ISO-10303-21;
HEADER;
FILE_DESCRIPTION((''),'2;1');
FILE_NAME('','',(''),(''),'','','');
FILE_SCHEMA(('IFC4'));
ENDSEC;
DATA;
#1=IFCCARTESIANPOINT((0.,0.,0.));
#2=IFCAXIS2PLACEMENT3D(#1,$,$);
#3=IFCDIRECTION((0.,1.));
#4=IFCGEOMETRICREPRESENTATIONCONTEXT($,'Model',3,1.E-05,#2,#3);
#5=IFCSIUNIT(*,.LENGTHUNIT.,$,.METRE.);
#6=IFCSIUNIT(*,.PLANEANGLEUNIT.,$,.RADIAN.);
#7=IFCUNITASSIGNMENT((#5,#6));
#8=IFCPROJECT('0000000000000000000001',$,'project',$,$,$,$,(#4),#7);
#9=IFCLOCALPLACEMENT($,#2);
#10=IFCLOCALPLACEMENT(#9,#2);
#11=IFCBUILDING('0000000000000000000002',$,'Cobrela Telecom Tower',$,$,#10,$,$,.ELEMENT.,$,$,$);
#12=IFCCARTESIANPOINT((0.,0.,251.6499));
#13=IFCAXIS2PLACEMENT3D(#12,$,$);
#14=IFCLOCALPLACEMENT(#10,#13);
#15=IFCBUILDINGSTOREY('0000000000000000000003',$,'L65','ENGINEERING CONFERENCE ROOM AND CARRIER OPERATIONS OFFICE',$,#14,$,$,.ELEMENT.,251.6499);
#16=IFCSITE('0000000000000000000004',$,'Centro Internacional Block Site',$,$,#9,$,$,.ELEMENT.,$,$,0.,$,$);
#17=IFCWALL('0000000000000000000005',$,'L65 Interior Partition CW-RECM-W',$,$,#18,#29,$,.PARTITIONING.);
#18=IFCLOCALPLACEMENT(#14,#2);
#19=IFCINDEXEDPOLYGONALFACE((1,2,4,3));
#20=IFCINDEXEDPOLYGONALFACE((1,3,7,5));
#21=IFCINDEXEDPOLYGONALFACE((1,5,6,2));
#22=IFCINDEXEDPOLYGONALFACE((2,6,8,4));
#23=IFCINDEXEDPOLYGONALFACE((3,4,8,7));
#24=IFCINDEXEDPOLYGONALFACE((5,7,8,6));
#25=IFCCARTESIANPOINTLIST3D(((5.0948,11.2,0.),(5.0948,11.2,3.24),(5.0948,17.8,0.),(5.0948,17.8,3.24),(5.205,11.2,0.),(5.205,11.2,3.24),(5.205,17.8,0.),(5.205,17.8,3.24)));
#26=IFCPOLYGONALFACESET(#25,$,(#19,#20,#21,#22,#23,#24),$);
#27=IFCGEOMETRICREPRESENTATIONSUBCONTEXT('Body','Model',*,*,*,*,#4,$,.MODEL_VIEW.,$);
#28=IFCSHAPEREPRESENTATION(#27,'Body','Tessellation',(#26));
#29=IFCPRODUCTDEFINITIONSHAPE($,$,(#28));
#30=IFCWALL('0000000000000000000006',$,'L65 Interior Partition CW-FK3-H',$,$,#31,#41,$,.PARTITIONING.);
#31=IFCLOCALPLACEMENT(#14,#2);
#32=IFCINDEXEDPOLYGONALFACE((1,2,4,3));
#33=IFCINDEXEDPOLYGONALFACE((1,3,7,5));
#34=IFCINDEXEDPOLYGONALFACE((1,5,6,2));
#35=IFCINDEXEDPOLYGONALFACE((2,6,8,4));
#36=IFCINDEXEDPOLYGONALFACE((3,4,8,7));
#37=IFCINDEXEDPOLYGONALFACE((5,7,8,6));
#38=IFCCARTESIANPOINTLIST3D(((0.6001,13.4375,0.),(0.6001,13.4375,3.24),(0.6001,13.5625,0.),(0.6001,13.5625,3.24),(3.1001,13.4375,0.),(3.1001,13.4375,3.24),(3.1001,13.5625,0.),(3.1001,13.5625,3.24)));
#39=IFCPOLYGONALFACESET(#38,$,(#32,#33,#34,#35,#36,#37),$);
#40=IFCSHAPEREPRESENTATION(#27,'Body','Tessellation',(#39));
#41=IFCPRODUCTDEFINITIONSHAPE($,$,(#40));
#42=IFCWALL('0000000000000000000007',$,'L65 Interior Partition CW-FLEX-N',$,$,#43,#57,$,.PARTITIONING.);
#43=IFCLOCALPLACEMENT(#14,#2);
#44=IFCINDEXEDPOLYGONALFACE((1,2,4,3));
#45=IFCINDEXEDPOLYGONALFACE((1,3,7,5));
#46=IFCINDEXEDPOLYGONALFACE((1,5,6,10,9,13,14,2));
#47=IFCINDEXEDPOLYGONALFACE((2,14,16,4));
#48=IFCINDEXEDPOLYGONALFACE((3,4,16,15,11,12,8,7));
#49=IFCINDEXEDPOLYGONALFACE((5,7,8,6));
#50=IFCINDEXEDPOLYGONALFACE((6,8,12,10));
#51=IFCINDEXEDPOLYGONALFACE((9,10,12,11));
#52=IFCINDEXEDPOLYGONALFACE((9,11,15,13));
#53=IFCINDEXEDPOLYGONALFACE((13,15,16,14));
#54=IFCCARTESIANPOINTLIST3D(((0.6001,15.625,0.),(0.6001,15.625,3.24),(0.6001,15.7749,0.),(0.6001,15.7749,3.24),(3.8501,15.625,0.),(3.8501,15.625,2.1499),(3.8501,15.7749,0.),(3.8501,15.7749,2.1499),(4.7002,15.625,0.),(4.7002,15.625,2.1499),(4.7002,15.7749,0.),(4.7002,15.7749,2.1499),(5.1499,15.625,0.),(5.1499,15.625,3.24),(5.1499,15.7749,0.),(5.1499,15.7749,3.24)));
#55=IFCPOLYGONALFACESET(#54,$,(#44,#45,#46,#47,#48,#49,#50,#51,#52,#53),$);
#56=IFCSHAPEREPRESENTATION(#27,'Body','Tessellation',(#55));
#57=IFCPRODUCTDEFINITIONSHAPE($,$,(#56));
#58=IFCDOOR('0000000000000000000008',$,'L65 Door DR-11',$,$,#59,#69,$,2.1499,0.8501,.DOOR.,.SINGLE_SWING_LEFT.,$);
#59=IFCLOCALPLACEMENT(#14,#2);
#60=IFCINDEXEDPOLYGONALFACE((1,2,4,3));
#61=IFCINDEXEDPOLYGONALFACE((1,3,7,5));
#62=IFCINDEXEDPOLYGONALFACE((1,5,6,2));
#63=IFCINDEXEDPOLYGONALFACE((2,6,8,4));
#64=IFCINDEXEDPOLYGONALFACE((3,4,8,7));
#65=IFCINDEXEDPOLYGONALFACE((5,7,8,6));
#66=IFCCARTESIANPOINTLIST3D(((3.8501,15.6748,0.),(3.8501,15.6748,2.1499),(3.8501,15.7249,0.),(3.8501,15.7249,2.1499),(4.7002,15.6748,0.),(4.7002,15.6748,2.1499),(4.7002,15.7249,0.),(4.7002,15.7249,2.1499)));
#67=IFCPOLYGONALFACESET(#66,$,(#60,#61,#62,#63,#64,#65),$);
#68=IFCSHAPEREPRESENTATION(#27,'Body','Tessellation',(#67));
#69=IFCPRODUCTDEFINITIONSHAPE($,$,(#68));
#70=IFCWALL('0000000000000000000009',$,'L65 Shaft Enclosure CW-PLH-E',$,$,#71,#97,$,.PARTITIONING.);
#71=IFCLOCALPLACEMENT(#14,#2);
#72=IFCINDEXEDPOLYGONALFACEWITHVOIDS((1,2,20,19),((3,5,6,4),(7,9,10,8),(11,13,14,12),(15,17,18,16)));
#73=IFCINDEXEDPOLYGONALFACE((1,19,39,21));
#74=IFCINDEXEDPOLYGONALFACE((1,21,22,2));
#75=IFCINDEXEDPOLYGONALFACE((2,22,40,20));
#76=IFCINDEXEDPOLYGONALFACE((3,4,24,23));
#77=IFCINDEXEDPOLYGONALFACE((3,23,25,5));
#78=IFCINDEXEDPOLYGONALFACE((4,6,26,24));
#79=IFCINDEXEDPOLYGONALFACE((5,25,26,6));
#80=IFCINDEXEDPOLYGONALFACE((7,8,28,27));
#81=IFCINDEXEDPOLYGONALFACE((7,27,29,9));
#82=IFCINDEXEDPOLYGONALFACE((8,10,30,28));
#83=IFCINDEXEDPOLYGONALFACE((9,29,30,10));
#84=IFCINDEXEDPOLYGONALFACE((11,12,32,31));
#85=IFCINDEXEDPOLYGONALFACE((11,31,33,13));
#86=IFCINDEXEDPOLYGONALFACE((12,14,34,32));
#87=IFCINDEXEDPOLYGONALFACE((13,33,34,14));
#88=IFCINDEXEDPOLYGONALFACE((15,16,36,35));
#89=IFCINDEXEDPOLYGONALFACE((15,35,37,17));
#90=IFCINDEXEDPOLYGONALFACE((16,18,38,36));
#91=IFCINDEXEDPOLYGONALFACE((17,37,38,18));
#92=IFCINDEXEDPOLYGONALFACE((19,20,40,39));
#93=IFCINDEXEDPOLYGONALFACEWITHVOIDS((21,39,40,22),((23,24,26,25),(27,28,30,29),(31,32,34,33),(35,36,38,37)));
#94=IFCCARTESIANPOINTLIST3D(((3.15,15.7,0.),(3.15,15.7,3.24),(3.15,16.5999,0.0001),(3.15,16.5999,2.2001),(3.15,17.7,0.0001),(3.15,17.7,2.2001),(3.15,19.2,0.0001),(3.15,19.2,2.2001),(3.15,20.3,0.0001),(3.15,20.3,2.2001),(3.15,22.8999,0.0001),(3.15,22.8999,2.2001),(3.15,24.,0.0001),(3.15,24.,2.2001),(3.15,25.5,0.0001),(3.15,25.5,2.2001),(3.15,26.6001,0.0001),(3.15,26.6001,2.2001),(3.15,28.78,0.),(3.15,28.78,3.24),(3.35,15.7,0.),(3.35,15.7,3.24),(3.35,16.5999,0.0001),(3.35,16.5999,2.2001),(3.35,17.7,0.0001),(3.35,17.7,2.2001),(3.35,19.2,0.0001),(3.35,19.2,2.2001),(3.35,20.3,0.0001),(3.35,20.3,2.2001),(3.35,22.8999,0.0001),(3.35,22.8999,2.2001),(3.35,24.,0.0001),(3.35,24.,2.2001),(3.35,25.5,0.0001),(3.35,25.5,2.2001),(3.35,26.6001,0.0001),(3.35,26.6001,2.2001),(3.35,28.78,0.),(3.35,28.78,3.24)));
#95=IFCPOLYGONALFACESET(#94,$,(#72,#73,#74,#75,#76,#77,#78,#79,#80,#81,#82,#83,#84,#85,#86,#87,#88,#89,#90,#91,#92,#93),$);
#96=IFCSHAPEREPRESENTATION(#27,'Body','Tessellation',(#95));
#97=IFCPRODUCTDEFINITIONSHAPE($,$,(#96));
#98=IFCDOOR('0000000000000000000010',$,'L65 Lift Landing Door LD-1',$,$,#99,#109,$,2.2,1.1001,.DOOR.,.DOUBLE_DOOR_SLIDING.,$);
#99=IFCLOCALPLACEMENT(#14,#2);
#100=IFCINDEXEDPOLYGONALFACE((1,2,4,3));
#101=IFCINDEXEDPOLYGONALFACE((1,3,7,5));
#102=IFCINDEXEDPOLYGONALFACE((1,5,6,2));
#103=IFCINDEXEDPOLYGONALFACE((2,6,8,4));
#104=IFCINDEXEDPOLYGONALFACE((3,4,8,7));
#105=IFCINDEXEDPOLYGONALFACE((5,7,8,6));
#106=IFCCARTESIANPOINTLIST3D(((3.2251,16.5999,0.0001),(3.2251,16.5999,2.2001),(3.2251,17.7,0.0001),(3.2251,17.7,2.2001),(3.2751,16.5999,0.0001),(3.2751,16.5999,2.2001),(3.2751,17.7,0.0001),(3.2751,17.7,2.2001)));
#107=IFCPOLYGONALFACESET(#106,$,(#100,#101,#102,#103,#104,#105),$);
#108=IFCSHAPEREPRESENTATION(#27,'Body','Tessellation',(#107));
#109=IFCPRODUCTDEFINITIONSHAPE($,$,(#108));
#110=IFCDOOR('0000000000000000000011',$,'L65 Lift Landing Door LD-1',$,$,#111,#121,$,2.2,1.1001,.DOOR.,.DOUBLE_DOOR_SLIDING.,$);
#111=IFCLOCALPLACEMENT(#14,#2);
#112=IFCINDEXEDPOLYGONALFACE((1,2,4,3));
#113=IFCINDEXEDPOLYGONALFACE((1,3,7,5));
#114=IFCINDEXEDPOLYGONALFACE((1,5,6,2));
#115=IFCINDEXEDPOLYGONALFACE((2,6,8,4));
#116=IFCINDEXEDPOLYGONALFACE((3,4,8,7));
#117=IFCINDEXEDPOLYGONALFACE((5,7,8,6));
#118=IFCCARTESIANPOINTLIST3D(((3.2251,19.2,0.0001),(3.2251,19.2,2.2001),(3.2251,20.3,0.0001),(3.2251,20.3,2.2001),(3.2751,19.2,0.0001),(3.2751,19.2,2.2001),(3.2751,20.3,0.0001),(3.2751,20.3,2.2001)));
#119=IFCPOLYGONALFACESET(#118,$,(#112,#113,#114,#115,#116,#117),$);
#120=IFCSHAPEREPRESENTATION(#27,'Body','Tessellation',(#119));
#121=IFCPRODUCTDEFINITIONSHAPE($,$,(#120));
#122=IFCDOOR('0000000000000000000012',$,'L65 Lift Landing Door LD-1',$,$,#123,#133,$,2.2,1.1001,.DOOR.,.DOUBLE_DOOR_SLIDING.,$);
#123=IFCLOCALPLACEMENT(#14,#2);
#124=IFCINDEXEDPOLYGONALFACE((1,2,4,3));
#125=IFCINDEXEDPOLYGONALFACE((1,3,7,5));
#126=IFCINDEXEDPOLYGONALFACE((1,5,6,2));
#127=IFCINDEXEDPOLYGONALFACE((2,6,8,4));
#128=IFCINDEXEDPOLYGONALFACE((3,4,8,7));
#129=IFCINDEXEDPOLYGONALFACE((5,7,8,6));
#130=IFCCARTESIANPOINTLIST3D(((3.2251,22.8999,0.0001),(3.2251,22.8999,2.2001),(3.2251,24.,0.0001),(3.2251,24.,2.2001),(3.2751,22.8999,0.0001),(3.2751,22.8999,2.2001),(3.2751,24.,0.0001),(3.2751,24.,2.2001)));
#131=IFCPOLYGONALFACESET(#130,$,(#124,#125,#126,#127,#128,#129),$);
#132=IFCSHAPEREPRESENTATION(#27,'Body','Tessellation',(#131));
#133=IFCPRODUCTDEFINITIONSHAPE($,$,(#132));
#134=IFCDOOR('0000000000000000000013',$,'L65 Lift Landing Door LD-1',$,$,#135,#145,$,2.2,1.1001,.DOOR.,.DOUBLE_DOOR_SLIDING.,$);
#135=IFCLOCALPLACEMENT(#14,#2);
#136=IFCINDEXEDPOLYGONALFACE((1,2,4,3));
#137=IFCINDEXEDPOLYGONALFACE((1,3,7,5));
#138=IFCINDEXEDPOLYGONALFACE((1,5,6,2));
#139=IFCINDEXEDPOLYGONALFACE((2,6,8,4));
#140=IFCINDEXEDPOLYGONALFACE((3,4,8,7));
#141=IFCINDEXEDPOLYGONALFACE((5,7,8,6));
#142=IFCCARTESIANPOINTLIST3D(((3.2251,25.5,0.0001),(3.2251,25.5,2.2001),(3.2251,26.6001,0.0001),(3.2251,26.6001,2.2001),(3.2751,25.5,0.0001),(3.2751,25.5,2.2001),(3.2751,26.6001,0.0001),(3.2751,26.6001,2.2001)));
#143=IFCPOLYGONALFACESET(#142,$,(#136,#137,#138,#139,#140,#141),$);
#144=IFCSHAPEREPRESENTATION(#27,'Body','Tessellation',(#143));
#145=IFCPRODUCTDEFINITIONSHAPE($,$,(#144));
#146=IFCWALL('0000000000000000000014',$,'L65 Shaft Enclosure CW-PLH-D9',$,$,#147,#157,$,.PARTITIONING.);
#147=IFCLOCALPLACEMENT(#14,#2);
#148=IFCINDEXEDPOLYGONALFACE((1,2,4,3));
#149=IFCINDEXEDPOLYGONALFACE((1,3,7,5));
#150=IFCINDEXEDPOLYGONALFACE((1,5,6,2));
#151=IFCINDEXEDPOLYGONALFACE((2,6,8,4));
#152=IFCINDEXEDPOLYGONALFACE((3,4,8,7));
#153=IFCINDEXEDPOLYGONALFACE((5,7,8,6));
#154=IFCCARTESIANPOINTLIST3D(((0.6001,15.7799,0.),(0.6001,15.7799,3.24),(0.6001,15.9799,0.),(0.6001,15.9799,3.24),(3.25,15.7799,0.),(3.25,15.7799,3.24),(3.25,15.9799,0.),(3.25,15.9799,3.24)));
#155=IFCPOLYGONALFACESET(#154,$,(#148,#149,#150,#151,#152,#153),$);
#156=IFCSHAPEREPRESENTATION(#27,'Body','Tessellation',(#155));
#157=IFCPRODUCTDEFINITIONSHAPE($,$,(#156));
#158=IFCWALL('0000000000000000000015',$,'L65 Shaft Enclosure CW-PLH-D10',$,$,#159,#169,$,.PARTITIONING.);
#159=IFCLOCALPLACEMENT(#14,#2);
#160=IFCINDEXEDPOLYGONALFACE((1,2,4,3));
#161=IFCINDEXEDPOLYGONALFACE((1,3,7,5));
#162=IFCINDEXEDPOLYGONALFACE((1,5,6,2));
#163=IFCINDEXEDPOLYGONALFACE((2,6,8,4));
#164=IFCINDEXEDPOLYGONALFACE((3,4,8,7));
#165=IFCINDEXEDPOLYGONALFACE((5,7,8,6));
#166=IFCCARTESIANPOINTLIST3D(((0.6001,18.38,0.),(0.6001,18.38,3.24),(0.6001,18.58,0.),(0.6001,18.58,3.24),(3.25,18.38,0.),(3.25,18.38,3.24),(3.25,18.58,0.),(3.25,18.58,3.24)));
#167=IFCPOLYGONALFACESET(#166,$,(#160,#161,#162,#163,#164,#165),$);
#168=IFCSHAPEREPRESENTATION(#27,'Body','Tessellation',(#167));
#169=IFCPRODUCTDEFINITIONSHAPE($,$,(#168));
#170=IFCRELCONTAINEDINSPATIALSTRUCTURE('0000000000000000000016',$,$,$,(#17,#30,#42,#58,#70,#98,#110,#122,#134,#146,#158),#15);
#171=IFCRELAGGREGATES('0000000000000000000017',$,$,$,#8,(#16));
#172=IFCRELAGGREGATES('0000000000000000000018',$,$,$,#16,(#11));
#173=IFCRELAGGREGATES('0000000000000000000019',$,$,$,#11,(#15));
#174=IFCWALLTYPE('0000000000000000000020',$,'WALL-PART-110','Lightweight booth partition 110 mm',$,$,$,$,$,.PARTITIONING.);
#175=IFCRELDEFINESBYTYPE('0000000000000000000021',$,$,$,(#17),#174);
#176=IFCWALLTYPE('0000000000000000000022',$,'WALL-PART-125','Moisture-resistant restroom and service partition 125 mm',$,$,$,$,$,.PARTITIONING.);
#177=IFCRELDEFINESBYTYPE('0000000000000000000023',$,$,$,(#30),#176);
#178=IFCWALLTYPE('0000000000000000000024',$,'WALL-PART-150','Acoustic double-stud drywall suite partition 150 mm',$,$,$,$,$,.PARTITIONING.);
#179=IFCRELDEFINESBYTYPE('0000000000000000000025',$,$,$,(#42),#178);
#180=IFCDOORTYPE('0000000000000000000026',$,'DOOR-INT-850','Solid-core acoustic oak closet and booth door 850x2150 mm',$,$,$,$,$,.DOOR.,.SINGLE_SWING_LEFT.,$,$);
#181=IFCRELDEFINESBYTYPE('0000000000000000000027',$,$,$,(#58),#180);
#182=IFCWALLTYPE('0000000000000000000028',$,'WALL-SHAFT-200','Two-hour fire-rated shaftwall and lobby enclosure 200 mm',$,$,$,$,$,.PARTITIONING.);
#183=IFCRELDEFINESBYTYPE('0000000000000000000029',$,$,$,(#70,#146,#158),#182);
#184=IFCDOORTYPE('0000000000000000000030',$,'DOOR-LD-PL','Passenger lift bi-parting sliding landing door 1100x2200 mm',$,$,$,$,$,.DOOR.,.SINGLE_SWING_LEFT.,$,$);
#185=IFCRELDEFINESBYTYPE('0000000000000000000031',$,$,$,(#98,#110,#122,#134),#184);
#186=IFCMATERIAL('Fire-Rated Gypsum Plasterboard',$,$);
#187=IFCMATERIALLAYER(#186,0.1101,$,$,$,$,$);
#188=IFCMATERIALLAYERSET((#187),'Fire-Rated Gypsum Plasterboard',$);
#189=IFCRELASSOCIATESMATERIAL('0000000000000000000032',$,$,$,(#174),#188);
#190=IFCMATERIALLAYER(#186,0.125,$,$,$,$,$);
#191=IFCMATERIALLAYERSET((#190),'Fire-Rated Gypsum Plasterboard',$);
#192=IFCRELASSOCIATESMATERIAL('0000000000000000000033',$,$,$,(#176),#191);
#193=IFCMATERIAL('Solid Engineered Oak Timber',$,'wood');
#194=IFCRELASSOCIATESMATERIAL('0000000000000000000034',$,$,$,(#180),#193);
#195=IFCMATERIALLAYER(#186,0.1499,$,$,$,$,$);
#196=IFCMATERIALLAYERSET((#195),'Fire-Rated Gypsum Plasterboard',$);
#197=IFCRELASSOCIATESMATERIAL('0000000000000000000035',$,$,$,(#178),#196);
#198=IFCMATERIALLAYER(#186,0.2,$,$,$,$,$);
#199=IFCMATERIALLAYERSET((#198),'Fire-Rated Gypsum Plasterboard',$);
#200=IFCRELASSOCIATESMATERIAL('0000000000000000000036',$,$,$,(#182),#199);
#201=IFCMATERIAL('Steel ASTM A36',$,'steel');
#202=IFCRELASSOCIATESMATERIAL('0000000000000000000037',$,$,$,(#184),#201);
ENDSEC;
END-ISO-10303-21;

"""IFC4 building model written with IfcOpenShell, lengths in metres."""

from ifc_helpers import new_model, si_unit, direction, frame, frame_2d, origin, place, context, subcontext, project, spatial, rectangle, extrude, material, layer, layer_set, type_object, element, fill, save


model = new_model("IFC4")

# Units and contexts
model_context = context("Model", 3, precision=1e-05, world=origin(), true_north=direction((0.0, 1.0)))
body_context = subcontext(model_context, "Body", "Model", "MODEL_VIEW")
ifc_project = project(units=[si_unit("LENGTHUNIT", "METRE"), si_unit("PLANEANGLEUNIT", "RADIAN")], contexts=[model_context])

# Site, building, storey
site_placement = place(None, origin())
site = spatial("IfcSite", under=ifc_project, at=site_placement, Name="Centro Internacional Block Site", CompositionType="ELEMENT", RefElevation=0.0)
building_placement = place(site_placement, origin())
building = spatial("IfcBuilding", under=site, at=building_placement, Name="Cobrela Telecom Tower", CompositionType="ELEMENT")
storey_placement = place(building_placement, frame((0.0, 0.0, 251.6499)))
storey = spatial("IfcBuildingStorey", under=building, at=storey_placement, Name="L65", Description="ENGINEERING CONFERENCE ROOM AND CARRIER OPERATIONS OFFICE", CompositionType="ELEMENT", Elevation=251.6499)

# Walls
ifc_material_1 = material(Name="Fire-Rated Gypsum Plasterboard")
ifc_layer_1 = layer(ifc_material_1, 0.1101)
ifc_layer_set_1 = layer_set([ifc_layer_1], Name="Fire-Rated Gypsum Plasterboard")
wall_type_1 = type_object("IfcWallType", Name="WALL-PART-110", Description="Lightweight booth partition 110 mm", PredefinedType="PARTITIONING", material=ifc_layer_set_1)
wall_1_placement = place(storey_placement, frame((5.1499, 11.2, 0.0), z_axis=(0.0, 0.0, 1.0), x_axis=(0.0, 1.0, 0.0)))
element("IfcWall", 1, at=wall_1_placement, inside=storey, type_object=wall_type_1, Name="L65 Interior Partition CW-RECM-W", PredefinedType="PARTITIONING", context=body_context, shape_type="SweptSolid", body=[
    extrude(rectangle(XDim=6.6001, YDim=0.1101, at=frame_2d((3.3, 0.0))), origin(), (0.0, 0.0, 1.0), 3.24),
])
ifc_layer_2 = layer(ifc_material_1, 0.125)
ifc_layer_set_2 = layer_set([ifc_layer_2], Name="Fire-Rated Gypsum Plasterboard")
wall_type_2 = type_object("IfcWallType", Name="WALL-PART-125", Description="Moisture-resistant restroom and service partition 125 mm", PredefinedType="PARTITIONING", material=ifc_layer_set_2)
wall_2_placement = place(storey_placement, frame((0.6001, 13.5, 0.0), z_axis=(0.0, 0.0, 1.0), x_axis=(1.0, 0.0, 0.0)))
element("IfcWall", 2, at=wall_2_placement, inside=storey, type_object=wall_type_2, Name="L65 Interior Partition CW-FK3-H", PredefinedType="PARTITIONING", context=body_context, shape_type="SweptSolid", body=[
    extrude(rectangle(XDim=2.5, YDim=0.125, at=frame_2d((1.25, 0.0))), origin(), (0.0, 0.0, 1.0), 3.24),
])

# Shared definitions
ifc_material_2 = material(Name="Solid Engineered Oak Timber", Category="wood")
door_type_1 = type_object("IfcDoorType", Name="DOOR-INT-850", Description="Solid-core acoustic oak closet and booth door 850x2150 mm", OperationType="SINGLE_SWING_LEFT", PredefinedType="DOOR", material=ifc_material_2)

# Wall, opening, door
ifc_layer_3 = layer(ifc_material_1, 0.1499)
ifc_layer_set_3 = layer_set([ifc_layer_3], Name="Fire-Rated Gypsum Plasterboard")
wall_type_3 = type_object("IfcWallType", Name="WALL-PART-150", Description="Acoustic double-stud drywall suite partition 150 mm", PredefinedType="PARTITIONING", material=ifc_layer_set_3)
wall_3_placement = place(storey_placement, frame((0.6001, 15.7, 0.0), z_axis=(0.0, 0.0, 1.0), x_axis=(1.0, 0.0, 0.0)))
wall_3 = element("IfcWall", 3, at=wall_3_placement, inside=storey, type_object=wall_type_3, Name="L65 Interior Partition CW-FLEX-N", PredefinedType="PARTITIONING", context=body_context, shape_type="SweptSolid", body=[
    extrude(rectangle(XDim=4.5498, YDim=0.1499, at=frame_2d((2.2749, 0.0))), origin(), (0.0, 0.0, 1.0), 3.24),
])
opening_1_placement = place(wall_3_placement, frame((3.25, 0.0, 0.0)))
opening_1 = element("IfcOpeningElement", 4, at=opening_1_placement, cuts=wall_3, PredefinedType="OPENING", context=body_context, shape_type="SweptSolid", body=[
    extrude(rectangle(XDim=0.8501, YDim=2.1499, at=frame_2d((0.425, 1.075))), frame((0.0, 0.0869, 0.0), z_axis=(0.0, -1.0, 0.0), x_axis=(1.0, 0.0, 0.0)), (0.0, 0.0, 1.0), 0.1738),
])
door_1_placement = place(opening_1_placement, origin())
door_1 = element("IfcDoor", 5, at=door_1_placement, inside=storey, type_object=door_type_1, Name="L65 Door DR-11", OperationType="SINGLE_SWING_LEFT", OverallHeight=2.1499, OverallWidth=0.8501, PredefinedType="DOOR", context=body_context, shape_type="SweptSolid", body=[
    extrude(rectangle(XDim=0.8501, YDim=2.1499, at=frame_2d((0.425, 1.075))), frame((0.0, 0.0249, 0.0), z_axis=(0.0, -1.0, 0.0), x_axis=(1.0, 0.0, 0.0)), (0.0, 0.0, 1.0), 0.05),
])
fill(opening_1, door_1)

# Wall, openings, doors
ifc_layer_4 = layer(ifc_material_1, 0.2)
ifc_layer_set_4 = layer_set([ifc_layer_4], Name="Fire-Rated Gypsum Plasterboard")
wall_type_4 = type_object("IfcWallType", Name="WALL-SHAFT-200", Description="Two-hour fire-rated shaftwall and lobby enclosure 200 mm", PredefinedType="PARTITIONING", material=ifc_layer_set_4)
wall_4_placement = place(storey_placement, frame((3.25, 15.7, 0.0), z_axis=(0.0, 0.0, 1.0), x_axis=(0.0, 1.0, 0.0)))
wall_4 = element("IfcWall", 6, at=wall_4_placement, inside=storey, type_object=wall_type_4, Name="L65 Shaft Enclosure CW-PLH-E", PredefinedType="PARTITIONING", context=body_context, shape_type="SweptSolid", body=[
    extrude(rectangle(XDim=13.0801, YDim=0.2, at=frame_2d((6.54, 0.0))), origin(), (0.0, 0.0, 1.0), 3.24),
])
opening_2_placement = place(wall_4_placement, frame((0.8999, 0.0, 0.0)))
opening_2 = element("IfcOpeningElement", 7, at=opening_2_placement, cuts=wall_4, PredefinedType="OPENING", context=body_context, shape_type="SweptSolid", body=[
    extrude(rectangle(XDim=1.1001, YDim=2.2, at=frame_2d((0.55, 1.1001))), frame((0.0, 0.1118, 0.0), z_axis=(0.0, -1.0, 0.0), x_axis=(1.0, 0.0, 0.0)), (0.0, 0.0, 1.0), 0.2239),
])
opening_3_placement = place(wall_4_placement, frame((3.5, 0.0, 0.0)))
opening_3 = element("IfcOpeningElement", 8, at=opening_3_placement, cuts=wall_4, PredefinedType="OPENING", context=body_context, shape_type="SweptSolid", body=[
    extrude(rectangle(XDim=1.1001, YDim=2.2, at=frame_2d((0.55, 1.1001))), frame((0.0, 0.1118, 0.0), z_axis=(0.0, -1.0, 0.0), x_axis=(1.0, 0.0, 0.0)), (0.0, 0.0, 1.0), 0.2239),
])
opening_4_placement = place(wall_4_placement, frame((7.2, 0.0, 0.0)))
opening_4 = element("IfcOpeningElement", 9, at=opening_4_placement, cuts=wall_4, PredefinedType="OPENING", context=body_context, shape_type="SweptSolid", body=[
    extrude(rectangle(XDim=1.1001, YDim=2.2, at=frame_2d((0.55, 1.1001))), frame((0.0, 0.1118, 0.0), z_axis=(0.0, -1.0, 0.0), x_axis=(1.0, 0.0, 0.0)), (0.0, 0.0, 1.0), 0.2239),
])
opening_5_placement = place(wall_4_placement, frame((9.8, 0.0, 0.0)))
opening_5 = element("IfcOpeningElement", 10, at=opening_5_placement, cuts=wall_4, PredefinedType="OPENING", context=body_context, shape_type="SweptSolid", body=[
    extrude(rectangle(XDim=1.1001, YDim=2.2, at=frame_2d((0.55, 1.1001))), frame((0.0, 0.1118, 0.0), z_axis=(0.0, -1.0, 0.0), x_axis=(1.0, 0.0, 0.0)), (0.0, 0.0, 1.0), 0.2239),
])
ifc_material_3 = material(Name="Steel ASTM A36", Category="steel")
door_type_2 = type_object("IfcDoorType", Name="DOOR-LD-PL", Description="Passenger lift bi-parting sliding landing door 1100x2200 mm", OperationType="SINGLE_SWING_LEFT", PredefinedType="DOOR", material=ifc_material_3)
door_2_placement = place(opening_2_placement, origin())
door_2 = element("IfcDoor", 11, at=door_2_placement, inside=storey, type_object=door_type_2, Name="L65 Lift Landing Door LD-1", OperationType="DOUBLE_DOOR_SLIDING", OverallHeight=2.2, OverallWidth=1.1001, PredefinedType="DOOR", context=body_context, shape_type="SweptSolid", body=[
    extrude(rectangle(XDim=1.1001, YDim=2.2, at=frame_2d((0.55, 1.1001))), frame((0.0, 0.0249, 0.0), z_axis=(0.0, -1.0, 0.0), x_axis=(1.0, 0.0, 0.0)), (0.0, 0.0, 1.0), 0.05),
])
fill(opening_2, door_2)
door_3_placement = place(opening_3_placement, origin())
door_3 = element("IfcDoor", 12, at=door_3_placement, inside=storey, type_object=door_type_2, Name="L65 Lift Landing Door LD-1", OperationType="DOUBLE_DOOR_SLIDING", OverallHeight=2.2, OverallWidth=1.1001, PredefinedType="DOOR", context=body_context, shape_type="SweptSolid", body=[
    extrude(rectangle(XDim=1.1001, YDim=2.2, at=frame_2d((0.55, 1.1001))), frame((0.0, 0.0249, 0.0), z_axis=(0.0, -1.0, 0.0), x_axis=(1.0, 0.0, 0.0)), (0.0, 0.0, 1.0), 0.05),
])
fill(opening_3, door_3)
door_4_placement = place(opening_4_placement, origin())
door_4 = element("IfcDoor", 13, at=door_4_placement, inside=storey, type_object=door_type_2, Name="L65 Lift Landing Door LD-1", OperationType="DOUBLE_DOOR_SLIDING", OverallHeight=2.2, OverallWidth=1.1001, PredefinedType="DOOR", context=body_context, shape_type="SweptSolid", body=[
    extrude(rectangle(XDim=1.1001, YDim=2.2, at=frame_2d((0.55, 1.1001))), frame((0.0, 0.0249, 0.0), z_axis=(0.0, -1.0, 0.0), x_axis=(1.0, 0.0, 0.0)), (0.0, 0.0, 1.0), 0.05),
])
fill(opening_4, door_4)
door_5_placement = place(opening_5_placement, origin())
door_5 = element("IfcDoor", 14, at=door_5_placement, inside=storey, type_object=door_type_2, Name="L65 Lift Landing Door LD-1", OperationType="DOUBLE_DOOR_SLIDING", OverallHeight=2.2, OverallWidth=1.1001, PredefinedType="DOOR", context=body_context, shape_type="SweptSolid", body=[
    extrude(rectangle(XDim=1.1001, YDim=2.2, at=frame_2d((0.55, 1.1001))), frame((0.0, 0.0249, 0.0), z_axis=(0.0, -1.0, 0.0), x_axis=(1.0, 0.0, 0.0)), (0.0, 0.0, 1.0), 0.05),
])
fill(opening_5, door_5)

# Walls
for number, where, z_axis, x_axis, name in (
    (15, (0.6001, 15.8799, 0.0), (0.0, 0.0, 1.0), (1.0, 0.0, 0.0), "L65 Shaft Enclosure CW-PLH-D9"),
    (16, (0.6001, 18.48, 0.0), (0.0, 0.0, 1.0), (1.0, 0.0, 0.0), "L65 Shaft Enclosure CW-PLH-D10"),
):
    element("IfcWall", number, at=place(storey_placement, frame(where, z_axis=z_axis, x_axis=x_axis)), inside=storey, type_object=wall_type_4, Name=name, PredefinedType="PARTITIONING", context=body_context, shape_type="SweptSolid", body=[
        extrude(rectangle(XDim=2.6499, YDim=0.2, at=frame_2d((1.325, 0.0))), origin(), (0.0, 0.0, 1.0), 3.24),
    ])

save(model, "model.ifc")
